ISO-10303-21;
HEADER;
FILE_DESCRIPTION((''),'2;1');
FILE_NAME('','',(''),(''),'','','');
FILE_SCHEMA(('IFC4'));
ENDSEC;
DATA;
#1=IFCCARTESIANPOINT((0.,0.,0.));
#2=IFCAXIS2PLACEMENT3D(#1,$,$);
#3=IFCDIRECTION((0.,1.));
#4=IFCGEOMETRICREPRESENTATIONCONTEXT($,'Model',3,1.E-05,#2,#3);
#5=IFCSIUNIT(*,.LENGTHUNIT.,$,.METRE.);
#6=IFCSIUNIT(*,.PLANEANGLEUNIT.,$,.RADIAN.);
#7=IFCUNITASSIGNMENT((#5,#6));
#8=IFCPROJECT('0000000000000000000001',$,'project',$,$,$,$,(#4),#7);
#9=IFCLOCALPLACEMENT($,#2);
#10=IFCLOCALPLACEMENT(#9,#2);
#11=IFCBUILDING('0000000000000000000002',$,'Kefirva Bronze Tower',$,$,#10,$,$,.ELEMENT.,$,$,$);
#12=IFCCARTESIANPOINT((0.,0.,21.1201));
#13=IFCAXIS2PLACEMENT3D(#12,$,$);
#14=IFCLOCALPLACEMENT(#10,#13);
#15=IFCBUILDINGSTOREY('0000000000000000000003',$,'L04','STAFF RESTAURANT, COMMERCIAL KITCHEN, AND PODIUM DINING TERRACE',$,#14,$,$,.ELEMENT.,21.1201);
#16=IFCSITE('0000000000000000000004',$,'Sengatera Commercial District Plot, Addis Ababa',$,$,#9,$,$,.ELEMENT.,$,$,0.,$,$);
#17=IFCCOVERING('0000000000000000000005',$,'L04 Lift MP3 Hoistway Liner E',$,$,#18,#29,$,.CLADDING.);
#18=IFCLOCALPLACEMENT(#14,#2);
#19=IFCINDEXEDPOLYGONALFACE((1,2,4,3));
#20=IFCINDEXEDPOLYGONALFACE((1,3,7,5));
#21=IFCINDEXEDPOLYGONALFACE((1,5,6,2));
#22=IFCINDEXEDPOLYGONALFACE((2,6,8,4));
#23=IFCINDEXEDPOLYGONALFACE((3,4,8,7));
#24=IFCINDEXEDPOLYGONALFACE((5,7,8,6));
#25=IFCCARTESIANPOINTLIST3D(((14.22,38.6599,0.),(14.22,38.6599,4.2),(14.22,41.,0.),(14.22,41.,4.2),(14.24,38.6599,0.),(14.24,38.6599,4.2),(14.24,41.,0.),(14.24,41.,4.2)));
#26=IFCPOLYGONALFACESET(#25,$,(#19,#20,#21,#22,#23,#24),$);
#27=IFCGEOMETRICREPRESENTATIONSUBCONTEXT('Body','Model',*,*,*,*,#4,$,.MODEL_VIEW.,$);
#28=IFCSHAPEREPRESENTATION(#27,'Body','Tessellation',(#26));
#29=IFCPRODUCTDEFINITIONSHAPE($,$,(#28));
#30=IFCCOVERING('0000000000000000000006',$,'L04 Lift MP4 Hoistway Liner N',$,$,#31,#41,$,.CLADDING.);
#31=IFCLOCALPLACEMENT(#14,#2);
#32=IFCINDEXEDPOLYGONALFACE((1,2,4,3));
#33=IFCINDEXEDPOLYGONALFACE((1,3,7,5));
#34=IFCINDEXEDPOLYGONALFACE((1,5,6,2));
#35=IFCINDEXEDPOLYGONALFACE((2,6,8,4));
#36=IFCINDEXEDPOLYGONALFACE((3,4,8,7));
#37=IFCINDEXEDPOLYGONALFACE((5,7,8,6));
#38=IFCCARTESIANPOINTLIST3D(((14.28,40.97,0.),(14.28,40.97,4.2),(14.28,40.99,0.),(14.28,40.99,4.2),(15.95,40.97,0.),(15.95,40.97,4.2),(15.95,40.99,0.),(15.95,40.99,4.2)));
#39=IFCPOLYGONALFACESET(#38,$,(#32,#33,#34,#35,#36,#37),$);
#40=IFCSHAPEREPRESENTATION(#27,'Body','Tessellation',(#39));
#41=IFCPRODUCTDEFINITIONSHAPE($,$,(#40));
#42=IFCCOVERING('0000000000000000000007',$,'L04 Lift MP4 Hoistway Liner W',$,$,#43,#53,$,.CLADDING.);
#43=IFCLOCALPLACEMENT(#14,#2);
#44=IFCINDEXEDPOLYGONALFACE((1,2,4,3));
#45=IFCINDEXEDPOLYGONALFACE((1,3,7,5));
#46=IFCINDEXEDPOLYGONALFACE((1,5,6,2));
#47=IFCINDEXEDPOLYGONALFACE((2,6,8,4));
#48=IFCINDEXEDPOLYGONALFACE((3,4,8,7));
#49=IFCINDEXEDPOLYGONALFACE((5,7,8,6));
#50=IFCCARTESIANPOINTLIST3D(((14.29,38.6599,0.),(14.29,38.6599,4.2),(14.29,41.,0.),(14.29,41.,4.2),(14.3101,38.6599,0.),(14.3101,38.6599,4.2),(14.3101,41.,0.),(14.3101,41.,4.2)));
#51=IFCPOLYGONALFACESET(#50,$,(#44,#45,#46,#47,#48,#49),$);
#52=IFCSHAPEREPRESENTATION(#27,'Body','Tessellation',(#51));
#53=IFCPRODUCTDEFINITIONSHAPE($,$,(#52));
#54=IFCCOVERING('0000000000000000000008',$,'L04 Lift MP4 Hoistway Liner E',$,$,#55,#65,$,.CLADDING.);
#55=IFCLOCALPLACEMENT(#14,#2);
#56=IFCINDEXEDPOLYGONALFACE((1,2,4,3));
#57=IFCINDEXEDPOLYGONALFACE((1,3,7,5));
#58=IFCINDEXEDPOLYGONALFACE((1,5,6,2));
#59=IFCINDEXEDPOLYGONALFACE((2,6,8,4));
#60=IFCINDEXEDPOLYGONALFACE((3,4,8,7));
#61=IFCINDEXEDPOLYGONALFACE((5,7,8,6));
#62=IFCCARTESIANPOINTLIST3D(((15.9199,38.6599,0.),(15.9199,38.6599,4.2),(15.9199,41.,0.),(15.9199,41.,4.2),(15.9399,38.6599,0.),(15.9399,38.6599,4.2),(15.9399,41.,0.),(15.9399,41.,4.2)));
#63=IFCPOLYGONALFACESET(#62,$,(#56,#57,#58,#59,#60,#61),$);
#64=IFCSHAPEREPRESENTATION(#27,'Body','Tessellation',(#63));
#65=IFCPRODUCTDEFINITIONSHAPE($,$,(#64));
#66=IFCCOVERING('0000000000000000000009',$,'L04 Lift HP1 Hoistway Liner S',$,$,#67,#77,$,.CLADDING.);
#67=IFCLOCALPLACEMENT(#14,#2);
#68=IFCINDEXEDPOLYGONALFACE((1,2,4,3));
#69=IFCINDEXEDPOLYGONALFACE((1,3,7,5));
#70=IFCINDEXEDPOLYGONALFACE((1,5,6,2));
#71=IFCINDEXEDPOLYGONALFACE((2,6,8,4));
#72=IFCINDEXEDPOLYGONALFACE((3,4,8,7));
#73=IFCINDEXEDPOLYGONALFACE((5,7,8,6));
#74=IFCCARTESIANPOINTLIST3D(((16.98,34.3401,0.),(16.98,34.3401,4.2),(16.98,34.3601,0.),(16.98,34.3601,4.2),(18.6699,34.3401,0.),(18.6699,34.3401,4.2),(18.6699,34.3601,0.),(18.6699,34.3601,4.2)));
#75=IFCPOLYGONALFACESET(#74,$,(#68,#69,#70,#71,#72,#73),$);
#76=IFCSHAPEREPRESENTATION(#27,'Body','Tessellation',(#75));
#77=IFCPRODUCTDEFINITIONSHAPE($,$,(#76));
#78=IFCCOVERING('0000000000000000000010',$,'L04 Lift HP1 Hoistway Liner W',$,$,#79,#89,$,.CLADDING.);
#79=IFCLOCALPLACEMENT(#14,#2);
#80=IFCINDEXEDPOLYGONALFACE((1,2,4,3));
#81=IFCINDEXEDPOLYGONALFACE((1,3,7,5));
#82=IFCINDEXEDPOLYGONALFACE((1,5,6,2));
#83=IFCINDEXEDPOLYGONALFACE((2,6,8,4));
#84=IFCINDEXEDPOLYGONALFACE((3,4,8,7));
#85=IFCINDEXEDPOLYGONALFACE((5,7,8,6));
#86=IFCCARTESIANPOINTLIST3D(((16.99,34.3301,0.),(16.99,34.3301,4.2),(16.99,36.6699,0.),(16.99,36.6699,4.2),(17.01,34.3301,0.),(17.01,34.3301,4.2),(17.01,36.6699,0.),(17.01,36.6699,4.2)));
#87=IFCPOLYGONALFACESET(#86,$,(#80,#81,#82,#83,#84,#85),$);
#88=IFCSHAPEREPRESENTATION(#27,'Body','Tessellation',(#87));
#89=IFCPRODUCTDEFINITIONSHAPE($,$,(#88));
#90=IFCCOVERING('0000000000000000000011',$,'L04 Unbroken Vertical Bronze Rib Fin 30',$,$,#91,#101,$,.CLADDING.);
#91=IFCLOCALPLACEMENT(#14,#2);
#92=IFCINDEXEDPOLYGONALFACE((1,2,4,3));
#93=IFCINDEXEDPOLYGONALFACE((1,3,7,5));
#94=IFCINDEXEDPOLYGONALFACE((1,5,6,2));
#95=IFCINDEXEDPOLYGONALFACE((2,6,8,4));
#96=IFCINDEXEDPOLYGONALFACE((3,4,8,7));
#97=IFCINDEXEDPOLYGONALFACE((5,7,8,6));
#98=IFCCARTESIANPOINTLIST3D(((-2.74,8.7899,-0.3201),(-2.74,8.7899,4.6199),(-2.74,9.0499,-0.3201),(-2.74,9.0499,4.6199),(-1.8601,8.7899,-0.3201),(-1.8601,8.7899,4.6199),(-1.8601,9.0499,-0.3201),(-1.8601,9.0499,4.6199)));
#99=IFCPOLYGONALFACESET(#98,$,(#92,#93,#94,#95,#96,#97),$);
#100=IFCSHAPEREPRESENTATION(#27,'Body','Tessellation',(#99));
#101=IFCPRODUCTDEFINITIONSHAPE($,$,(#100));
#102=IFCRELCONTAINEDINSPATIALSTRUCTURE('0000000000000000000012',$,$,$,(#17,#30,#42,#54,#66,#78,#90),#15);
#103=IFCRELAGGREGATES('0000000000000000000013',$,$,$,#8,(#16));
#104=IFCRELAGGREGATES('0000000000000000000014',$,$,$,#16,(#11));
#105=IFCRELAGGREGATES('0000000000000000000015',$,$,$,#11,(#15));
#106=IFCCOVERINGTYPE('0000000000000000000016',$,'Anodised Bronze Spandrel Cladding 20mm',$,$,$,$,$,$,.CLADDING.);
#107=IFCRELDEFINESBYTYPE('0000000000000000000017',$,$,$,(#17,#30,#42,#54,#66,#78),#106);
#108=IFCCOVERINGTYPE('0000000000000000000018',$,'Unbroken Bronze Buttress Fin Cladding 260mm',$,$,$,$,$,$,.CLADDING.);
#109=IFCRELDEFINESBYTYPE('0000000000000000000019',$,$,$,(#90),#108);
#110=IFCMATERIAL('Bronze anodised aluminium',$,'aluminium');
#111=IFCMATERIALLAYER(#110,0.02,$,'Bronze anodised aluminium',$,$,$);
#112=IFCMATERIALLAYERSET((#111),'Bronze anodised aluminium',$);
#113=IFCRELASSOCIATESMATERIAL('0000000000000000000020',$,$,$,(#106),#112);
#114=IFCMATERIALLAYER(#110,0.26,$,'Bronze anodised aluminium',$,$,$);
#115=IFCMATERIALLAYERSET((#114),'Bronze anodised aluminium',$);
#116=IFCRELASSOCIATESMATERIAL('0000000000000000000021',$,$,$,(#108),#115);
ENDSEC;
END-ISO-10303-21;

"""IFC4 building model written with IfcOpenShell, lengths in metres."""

from ifc_helpers import new_model, si_unit, direction, frame, origin, origin_2d, place, context, subcontext, project, spatial, polyline, rectangle, outline, extrude, material, layer, layer_set, type_object, element, save


model = new_model("IFC4")

# Units and contexts
model_context = context("Model", 3, precision=1e-05, world=origin(), true_north=direction((0.0, 1.0)))
body_context = subcontext(model_context, "Body", "Model", "MODEL_VIEW")
ifc_project = project(units=[si_unit("LENGTHUNIT", "METRE"), si_unit("PLANEANGLEUNIT", "RADIAN")], contexts=[model_context])

# Site, building, storey
site_placement = place(None, origin())
site = spatial("IfcSite", under=ifc_project, at=site_placement, Name="Sengatera Commercial District Plot, Addis Ababa", CompositionType="ELEMENT", RefElevation=0.0)
building_placement = place(site_placement, origin())
building = spatial("IfcBuilding", under=site, at=building_placement, Name="Kefirva Bronze Tower", CompositionType="ELEMENT")
storey_placement = place(building_placement, frame((0.0, 0.0, 21.1201)))
storey = spatial("IfcBuildingStorey", under=building, at=storey_placement, Name="L04", Description="STAFF RESTAURANT, COMMERCIAL KITCHEN, AND PODIUM DINING TERRACE", CompositionType="ELEMENT", Elevation=21.1201)

# Shared definitions
ifc_material_1 = material(Name="Bronze anodised aluminium", Category="aluminium")

# Coverings
ifc_layer_1 = layer(ifc_material_1, 0.02, Name="Bronze anodised aluminium")
ifc_layer_set_1 = layer_set([ifc_layer_1], Name="Bronze anodised aluminium")
covering_type_1 = type_object("IfcCoveringType", Name="Anodised Bronze Spandrel Cladding 20mm", PredefinedType="CLADDING", material=ifc_layer_set_1)
covering_1_placement = place(storey_placement, origin())
element("IfcCovering", 1, at=covering_1_placement, inside=storey, type_object=covering_type_1, Name="L04 Lift MP3 Hoistway Liner E", PredefinedType="CLADDING", context=body_context, shape_type="SweptSolid", body=[
    extrude(outline(polyline([(14.22, 38.6599), (14.24, 38.6599), (14.24, 41.0), (14.22, 41.0), (14.22, 38.6599)])), origin(), (0.0, 0.0, 1.0), 4.2),
])
covering_2_placement = place(storey_placement, origin())
element("IfcCovering", 2, at=covering_2_placement, inside=storey, type_object=covering_type_1, Name="L04 Lift MP4 Hoistway Liner N", PredefinedType="CLADDING", context=body_context, shape_type="SweptSolid", body=[
    extrude(outline(polyline([(14.28, 40.97), (15.95, 40.97), (15.95, 40.99), (14.28, 40.99), (14.28, 40.97)])), origin(), (0.0, 0.0, 1.0), 4.2),
])
covering_3_placement = place(storey_placement, origin())
element("IfcCovering", 3, at=covering_3_placement, inside=storey, type_object=covering_type_1, Name="L04 Lift MP4 Hoistway Liner W", PredefinedType="CLADDING", context=body_context, shape_type="SweptSolid", body=[
    extrude(outline(polyline([(14.29, 38.6599), (14.3101, 38.6599), (14.3101, 41.0), (14.29, 41.0), (14.29, 38.6599)])), origin(), (0.0, 0.0, 1.0), 4.2),
])
covering_4_placement = place(storey_placement, origin())
element("IfcCovering", 4, at=covering_4_placement, inside=storey, type_object=covering_type_1, Name="L04 Lift MP4 Hoistway Liner E", PredefinedType="CLADDING", context=body_context, shape_type="SweptSolid", body=[
    extrude(outline(polyline([(15.9199, 38.6599), (15.9399, 38.6599), (15.9399, 41.0), (15.9199, 41.0), (15.9199, 38.6599)])), origin(), (0.0, 0.0, 1.0), 4.2),
])
covering_5_placement = place(storey_placement, origin())
element("IfcCovering", 5, at=covering_5_placement, inside=storey, type_object=covering_type_1, Name="L04 Lift HP1 Hoistway Liner S", PredefinedType="CLADDING", context=body_context, shape_type="SweptSolid", body=[
    extrude(outline(polyline([(16.98, 34.3401), (18.6699, 34.3401), (18.6699, 34.3601), (16.98, 34.3601), (16.98, 34.3401)])), origin(), (0.0, 0.0, 1.0), 4.2),
])
covering_6_placement = place(storey_placement, origin())
element("IfcCovering", 6, at=covering_6_placement, inside=storey, type_object=covering_type_1, Name="L04 Lift HP1 Hoistway Liner W", PredefinedType="CLADDING", context=body_context, shape_type="SweptSolid", body=[
    extrude(outline(polyline([(16.99, 34.3301), (17.01, 34.3301), (17.01, 36.6699), (16.99, 36.6699), (16.99, 34.3301)])), origin(), (0.0, 0.0, 1.0), 4.2),
])
ifc_layer_2 = layer(ifc_material_1, 0.26, Name="Bronze anodised aluminium")
ifc_layer_set_2 = layer_set([ifc_layer_2], Name="Bronze anodised aluminium")
covering_type_2 = type_object("IfcCoveringType", Name="Unbroken Bronze Buttress Fin Cladding 260mm", PredefinedType="CLADDING", material=ifc_layer_set_2)
covering_7_placement = place(storey_placement, frame((-2.3, 8.9199, -0.3201), z_axis=(0.0, 0.0, 1.0), x_axis=(0.0, -1.0, 0.0)))
element("IfcCovering", 7, at=covering_7_placement, inside=storey, type_object=covering_type_2, Name="L04 Unbroken Vertical Bronze Rib Fin 30", PredefinedType="CLADDING", context=body_context, shape_type="SweptSolid", body=[
    extrude(rectangle(XDim=0.26, YDim=0.8799, at=origin_2d()), origin(), (0.0, 0.0, 1.0), 4.9399),
])

save(model, "model.ifc")
